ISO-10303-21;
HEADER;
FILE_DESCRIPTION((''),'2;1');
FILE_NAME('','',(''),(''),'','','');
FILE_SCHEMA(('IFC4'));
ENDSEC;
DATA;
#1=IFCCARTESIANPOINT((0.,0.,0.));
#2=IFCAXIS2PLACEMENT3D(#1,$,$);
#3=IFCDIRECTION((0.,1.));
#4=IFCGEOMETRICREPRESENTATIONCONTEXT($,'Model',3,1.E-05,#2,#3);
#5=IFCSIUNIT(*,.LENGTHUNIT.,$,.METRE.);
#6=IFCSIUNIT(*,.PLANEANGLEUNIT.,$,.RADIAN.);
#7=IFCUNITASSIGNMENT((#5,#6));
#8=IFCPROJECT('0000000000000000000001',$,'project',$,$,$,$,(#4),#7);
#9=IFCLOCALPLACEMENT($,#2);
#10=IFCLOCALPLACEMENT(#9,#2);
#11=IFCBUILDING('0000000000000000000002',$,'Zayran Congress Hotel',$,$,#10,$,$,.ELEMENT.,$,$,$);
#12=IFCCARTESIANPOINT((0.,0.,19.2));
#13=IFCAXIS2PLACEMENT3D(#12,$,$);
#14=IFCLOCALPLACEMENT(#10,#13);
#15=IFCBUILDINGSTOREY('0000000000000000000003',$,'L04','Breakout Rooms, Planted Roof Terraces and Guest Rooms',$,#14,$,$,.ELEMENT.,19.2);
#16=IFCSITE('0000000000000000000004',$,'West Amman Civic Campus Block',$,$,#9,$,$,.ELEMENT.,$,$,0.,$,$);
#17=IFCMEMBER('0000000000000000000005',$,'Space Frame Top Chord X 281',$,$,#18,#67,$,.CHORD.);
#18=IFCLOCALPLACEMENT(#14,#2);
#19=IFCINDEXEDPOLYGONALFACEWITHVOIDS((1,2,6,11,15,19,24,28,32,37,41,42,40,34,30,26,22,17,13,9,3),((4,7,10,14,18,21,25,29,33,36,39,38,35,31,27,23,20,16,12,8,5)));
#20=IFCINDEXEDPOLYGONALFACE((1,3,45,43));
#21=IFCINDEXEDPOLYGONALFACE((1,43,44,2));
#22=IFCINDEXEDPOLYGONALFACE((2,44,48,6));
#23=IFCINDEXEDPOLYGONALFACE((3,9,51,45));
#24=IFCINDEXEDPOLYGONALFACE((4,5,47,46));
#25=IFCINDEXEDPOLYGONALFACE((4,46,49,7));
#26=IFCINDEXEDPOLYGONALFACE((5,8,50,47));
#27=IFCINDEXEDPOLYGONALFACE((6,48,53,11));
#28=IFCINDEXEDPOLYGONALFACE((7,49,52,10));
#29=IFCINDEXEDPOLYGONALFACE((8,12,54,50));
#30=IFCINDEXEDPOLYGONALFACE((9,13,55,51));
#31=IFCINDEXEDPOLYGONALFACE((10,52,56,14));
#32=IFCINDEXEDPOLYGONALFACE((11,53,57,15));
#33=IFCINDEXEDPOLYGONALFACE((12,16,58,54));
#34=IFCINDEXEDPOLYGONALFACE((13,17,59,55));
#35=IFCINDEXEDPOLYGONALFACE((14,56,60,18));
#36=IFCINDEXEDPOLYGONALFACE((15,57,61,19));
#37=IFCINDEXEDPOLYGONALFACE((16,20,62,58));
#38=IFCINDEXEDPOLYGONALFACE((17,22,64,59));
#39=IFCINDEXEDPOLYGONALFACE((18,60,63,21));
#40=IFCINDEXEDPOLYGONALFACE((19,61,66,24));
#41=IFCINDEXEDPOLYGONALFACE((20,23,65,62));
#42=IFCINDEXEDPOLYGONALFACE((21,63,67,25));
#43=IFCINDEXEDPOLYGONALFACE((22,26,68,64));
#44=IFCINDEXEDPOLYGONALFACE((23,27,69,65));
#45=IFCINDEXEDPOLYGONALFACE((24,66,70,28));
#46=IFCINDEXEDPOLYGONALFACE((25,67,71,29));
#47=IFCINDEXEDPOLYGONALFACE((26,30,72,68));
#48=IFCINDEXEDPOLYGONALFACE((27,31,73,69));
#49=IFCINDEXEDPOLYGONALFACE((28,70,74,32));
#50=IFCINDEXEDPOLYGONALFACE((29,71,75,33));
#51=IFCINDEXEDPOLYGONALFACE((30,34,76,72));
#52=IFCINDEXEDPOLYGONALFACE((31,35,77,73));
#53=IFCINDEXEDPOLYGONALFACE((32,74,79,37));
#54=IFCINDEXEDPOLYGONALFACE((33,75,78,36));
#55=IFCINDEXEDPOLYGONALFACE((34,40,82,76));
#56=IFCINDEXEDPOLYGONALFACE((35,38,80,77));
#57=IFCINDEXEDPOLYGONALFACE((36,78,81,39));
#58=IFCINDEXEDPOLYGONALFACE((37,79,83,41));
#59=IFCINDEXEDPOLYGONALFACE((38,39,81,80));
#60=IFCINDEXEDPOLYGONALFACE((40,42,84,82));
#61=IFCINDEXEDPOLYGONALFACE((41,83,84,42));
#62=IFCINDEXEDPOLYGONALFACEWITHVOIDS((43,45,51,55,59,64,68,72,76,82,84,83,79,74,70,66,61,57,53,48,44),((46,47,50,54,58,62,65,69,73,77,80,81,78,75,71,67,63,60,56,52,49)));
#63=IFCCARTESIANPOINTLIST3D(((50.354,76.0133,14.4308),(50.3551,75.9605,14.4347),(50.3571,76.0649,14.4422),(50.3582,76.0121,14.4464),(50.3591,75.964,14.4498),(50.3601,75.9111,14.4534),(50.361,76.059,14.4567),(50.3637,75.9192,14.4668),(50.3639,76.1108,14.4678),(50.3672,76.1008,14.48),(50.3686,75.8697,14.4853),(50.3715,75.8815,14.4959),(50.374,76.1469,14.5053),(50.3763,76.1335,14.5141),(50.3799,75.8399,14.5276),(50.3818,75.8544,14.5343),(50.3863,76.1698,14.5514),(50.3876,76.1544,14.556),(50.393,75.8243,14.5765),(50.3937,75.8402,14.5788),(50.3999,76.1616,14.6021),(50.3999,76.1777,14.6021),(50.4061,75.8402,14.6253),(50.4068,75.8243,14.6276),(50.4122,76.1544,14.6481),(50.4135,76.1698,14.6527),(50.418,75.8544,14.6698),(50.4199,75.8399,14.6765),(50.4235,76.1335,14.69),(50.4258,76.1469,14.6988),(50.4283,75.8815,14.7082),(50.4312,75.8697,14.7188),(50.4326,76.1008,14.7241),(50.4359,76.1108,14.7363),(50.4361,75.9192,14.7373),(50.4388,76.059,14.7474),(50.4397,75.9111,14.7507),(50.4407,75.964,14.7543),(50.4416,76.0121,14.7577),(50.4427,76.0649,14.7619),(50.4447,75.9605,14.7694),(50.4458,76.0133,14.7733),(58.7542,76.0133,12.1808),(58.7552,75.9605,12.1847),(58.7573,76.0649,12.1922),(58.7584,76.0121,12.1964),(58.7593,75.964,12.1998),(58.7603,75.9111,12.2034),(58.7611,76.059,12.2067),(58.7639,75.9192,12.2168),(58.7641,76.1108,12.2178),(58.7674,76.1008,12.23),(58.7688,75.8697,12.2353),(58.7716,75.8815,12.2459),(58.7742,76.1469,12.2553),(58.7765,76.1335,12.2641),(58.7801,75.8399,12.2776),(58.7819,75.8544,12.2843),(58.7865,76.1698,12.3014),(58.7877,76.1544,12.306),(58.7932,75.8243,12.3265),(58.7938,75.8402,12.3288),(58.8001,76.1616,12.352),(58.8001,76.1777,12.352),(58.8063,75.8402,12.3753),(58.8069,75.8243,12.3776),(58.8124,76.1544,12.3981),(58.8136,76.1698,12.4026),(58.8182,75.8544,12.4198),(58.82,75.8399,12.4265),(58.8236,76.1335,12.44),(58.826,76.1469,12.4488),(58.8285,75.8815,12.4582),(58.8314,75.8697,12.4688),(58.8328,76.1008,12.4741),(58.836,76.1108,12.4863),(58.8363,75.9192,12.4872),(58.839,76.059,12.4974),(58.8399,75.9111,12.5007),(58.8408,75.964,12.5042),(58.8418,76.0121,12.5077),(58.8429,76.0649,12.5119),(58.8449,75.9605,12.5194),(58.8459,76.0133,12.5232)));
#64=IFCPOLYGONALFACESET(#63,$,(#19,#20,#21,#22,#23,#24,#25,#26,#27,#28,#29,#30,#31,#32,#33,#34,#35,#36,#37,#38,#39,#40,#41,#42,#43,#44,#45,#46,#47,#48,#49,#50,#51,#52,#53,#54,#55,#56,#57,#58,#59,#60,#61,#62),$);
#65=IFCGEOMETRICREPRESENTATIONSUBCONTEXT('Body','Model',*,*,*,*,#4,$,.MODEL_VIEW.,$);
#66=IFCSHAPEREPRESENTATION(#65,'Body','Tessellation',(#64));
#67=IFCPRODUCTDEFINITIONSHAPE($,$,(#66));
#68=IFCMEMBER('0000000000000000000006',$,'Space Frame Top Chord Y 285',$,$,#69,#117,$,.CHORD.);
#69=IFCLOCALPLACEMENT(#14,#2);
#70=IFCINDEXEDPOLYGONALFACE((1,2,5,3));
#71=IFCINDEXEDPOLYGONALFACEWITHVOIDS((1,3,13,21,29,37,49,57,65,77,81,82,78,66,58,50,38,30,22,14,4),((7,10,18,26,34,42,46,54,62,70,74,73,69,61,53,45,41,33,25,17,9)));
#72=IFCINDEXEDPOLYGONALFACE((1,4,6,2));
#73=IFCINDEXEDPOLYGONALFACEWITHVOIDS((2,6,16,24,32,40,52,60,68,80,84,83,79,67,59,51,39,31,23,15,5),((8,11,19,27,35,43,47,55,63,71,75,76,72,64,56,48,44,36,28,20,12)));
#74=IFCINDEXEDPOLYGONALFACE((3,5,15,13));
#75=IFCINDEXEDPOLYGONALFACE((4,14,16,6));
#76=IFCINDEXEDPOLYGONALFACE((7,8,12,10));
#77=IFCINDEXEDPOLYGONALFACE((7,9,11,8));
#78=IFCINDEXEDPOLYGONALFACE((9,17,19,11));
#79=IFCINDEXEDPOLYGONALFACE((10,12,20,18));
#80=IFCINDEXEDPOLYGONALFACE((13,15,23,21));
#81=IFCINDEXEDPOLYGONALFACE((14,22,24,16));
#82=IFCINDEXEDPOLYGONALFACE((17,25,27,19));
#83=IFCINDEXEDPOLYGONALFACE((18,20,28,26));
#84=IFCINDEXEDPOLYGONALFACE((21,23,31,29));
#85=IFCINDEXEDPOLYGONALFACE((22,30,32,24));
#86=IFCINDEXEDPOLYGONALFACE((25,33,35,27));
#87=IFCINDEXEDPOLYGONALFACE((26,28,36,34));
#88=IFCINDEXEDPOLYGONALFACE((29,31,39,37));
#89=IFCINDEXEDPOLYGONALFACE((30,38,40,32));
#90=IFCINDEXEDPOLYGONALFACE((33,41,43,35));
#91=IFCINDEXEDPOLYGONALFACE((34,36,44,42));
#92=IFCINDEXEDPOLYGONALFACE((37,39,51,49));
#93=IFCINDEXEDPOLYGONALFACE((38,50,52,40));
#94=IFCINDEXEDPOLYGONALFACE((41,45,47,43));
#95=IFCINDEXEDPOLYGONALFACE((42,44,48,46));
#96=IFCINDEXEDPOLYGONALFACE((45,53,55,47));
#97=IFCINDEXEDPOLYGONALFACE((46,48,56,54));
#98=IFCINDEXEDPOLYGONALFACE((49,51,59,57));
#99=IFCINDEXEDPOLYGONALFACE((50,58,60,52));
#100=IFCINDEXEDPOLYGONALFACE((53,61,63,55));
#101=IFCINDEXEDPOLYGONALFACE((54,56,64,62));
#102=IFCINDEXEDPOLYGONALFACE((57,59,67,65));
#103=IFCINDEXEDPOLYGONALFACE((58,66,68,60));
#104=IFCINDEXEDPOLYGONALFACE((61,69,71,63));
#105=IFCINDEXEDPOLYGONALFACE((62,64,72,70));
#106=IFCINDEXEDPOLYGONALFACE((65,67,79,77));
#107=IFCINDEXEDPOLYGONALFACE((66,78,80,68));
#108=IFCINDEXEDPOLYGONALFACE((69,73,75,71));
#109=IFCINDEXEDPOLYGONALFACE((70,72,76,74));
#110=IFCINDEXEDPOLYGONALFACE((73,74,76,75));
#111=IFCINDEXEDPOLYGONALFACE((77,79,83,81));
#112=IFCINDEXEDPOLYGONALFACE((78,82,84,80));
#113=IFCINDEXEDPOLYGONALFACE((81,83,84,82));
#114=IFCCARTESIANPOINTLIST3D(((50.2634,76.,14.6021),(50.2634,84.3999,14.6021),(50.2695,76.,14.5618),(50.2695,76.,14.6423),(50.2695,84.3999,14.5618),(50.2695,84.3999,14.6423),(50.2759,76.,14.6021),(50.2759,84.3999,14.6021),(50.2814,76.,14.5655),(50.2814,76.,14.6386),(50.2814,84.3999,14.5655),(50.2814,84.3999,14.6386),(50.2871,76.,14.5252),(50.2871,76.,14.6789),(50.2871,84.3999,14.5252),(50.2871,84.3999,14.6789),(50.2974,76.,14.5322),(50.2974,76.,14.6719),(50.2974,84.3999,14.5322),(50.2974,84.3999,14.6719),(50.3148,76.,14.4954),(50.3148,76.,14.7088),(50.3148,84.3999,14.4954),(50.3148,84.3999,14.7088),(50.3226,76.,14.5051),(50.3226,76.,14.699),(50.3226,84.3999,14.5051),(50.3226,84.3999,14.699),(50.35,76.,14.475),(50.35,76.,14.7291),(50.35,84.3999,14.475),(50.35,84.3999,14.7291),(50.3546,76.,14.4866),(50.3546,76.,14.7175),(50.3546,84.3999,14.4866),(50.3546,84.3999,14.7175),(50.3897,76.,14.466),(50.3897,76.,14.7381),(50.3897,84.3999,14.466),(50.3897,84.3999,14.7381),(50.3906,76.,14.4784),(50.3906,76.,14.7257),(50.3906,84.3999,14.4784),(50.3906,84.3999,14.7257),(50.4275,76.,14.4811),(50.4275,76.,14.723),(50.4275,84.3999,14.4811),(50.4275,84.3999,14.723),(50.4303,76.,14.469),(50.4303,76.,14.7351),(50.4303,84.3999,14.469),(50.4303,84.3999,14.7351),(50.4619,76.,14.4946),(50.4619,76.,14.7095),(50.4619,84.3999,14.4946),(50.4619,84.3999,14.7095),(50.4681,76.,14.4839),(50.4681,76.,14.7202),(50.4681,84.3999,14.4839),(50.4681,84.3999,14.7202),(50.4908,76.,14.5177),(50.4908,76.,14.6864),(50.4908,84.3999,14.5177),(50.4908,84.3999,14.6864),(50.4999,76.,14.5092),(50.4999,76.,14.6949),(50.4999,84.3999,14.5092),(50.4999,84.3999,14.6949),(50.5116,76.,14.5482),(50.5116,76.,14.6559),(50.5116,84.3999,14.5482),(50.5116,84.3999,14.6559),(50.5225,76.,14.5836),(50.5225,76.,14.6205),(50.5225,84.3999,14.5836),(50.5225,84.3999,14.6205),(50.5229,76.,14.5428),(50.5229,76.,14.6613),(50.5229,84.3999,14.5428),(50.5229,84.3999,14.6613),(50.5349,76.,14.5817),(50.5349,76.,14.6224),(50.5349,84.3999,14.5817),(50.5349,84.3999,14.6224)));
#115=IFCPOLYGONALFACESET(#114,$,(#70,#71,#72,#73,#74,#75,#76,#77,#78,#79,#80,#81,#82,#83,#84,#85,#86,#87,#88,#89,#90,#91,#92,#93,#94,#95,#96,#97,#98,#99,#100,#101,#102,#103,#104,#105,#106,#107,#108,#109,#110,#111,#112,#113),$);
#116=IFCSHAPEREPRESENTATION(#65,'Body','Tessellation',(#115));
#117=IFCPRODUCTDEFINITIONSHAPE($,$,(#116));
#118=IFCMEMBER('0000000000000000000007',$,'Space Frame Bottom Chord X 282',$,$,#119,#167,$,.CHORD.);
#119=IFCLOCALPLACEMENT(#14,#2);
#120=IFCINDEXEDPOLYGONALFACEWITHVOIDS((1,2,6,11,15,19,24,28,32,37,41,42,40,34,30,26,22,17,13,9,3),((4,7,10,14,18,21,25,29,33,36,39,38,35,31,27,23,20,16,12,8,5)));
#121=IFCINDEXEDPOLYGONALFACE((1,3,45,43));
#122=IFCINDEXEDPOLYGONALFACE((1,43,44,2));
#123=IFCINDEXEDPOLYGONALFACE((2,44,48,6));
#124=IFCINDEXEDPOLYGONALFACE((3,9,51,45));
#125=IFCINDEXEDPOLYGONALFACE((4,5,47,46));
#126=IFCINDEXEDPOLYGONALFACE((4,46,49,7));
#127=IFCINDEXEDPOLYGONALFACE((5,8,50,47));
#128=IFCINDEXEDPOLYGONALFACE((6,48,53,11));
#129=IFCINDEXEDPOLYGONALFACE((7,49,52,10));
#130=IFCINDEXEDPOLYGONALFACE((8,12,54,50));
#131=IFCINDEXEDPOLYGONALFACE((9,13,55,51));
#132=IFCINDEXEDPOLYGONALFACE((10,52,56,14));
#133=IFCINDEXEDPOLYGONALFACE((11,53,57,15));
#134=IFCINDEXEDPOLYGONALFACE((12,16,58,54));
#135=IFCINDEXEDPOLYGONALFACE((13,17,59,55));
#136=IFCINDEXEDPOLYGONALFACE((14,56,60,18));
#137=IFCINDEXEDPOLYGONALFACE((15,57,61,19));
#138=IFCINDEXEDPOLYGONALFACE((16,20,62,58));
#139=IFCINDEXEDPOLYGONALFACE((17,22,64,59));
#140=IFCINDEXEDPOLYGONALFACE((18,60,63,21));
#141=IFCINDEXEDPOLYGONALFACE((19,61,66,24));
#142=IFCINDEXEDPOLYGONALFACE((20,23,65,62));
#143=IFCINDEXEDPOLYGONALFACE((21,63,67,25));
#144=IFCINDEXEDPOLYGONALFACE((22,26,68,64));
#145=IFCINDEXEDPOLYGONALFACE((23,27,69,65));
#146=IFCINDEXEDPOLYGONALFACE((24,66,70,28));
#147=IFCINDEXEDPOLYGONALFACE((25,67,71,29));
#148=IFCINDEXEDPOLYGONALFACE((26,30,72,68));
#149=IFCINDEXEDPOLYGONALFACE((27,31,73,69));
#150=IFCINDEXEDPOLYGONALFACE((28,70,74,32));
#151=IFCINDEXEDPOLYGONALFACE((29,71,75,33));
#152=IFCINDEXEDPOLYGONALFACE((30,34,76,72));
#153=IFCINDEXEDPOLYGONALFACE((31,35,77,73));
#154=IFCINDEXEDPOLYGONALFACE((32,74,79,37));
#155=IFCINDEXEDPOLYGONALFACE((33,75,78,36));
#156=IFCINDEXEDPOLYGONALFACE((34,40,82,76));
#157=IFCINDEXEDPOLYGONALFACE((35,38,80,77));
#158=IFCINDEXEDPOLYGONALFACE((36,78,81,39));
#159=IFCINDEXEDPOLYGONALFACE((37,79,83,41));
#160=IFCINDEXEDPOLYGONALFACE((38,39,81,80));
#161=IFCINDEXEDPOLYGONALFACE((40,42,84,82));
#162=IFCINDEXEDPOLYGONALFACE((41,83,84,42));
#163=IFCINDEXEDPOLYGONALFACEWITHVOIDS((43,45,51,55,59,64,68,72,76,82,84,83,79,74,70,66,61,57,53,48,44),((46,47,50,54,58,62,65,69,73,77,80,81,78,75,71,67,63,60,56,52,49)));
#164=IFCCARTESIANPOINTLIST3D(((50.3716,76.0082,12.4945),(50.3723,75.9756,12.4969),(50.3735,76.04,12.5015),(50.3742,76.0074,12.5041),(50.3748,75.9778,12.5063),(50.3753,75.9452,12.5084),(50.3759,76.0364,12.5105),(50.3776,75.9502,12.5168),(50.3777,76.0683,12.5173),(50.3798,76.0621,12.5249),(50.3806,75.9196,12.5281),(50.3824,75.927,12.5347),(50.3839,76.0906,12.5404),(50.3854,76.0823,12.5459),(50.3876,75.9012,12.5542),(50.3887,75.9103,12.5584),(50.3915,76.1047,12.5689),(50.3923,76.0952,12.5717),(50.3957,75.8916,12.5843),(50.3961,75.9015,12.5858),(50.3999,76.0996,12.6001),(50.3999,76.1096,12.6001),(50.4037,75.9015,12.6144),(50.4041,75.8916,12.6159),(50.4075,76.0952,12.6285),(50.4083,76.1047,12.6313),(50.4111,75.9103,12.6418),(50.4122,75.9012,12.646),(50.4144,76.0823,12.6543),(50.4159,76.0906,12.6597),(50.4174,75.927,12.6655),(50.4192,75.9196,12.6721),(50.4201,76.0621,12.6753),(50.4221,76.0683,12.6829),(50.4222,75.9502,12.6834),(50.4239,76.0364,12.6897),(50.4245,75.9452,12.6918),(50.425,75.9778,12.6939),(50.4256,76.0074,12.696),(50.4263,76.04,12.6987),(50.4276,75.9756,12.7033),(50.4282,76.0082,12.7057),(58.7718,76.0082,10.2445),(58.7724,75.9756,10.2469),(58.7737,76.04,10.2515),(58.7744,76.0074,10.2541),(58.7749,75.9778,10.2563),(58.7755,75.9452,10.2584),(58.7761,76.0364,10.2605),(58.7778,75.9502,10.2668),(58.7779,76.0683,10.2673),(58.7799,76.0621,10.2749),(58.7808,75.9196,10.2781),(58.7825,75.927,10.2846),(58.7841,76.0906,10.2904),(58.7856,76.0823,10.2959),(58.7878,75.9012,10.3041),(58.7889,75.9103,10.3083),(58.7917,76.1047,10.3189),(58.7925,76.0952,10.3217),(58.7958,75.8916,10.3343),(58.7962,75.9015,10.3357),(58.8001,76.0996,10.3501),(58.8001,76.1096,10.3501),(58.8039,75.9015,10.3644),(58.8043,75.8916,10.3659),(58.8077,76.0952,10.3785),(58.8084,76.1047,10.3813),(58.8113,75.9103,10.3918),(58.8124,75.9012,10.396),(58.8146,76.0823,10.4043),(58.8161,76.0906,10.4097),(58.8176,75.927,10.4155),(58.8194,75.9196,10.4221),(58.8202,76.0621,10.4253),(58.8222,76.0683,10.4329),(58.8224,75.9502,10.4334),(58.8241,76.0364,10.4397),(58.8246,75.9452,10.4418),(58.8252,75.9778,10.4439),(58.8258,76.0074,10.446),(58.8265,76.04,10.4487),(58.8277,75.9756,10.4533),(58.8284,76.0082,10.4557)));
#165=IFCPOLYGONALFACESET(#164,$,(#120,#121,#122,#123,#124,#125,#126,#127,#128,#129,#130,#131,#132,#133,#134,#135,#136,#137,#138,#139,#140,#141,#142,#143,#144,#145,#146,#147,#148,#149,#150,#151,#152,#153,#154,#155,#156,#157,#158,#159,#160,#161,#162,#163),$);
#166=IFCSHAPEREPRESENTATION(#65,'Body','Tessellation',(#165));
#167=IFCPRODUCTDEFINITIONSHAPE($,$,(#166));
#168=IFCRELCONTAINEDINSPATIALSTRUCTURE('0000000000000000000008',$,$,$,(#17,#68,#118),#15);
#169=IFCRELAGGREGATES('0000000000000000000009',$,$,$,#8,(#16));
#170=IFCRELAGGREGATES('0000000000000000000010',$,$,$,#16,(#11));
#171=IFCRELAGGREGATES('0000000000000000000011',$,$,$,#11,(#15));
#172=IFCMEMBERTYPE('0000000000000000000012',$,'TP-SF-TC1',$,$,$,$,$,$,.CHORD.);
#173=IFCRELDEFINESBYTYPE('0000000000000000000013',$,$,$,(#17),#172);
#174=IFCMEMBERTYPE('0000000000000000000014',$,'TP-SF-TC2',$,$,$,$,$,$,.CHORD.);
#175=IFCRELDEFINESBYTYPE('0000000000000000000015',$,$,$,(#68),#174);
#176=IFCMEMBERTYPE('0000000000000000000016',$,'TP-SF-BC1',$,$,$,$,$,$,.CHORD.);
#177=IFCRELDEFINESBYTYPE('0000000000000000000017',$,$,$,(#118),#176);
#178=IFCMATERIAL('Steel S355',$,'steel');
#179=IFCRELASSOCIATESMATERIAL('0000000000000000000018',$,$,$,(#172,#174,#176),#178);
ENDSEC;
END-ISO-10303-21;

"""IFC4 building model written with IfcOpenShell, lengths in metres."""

from ifc_helpers import new_model, si_unit, direction, frame, origin, origin_2d, place, context, subcontext, project, spatial, hollow_circle, extrude, material, material_profile, profile_set, type_object, element, save


model = new_model("IFC4")

# Units and contexts
model_context = context("Model", 3, precision=1e-05, world=origin(), true_north=direction((0.0, 1.0)))
body_context = subcontext(model_context, "Body", "Model", "MODEL_VIEW")
ifc_project = project(units=[si_unit("LENGTHUNIT", "METRE"), si_unit("PLANEANGLEUNIT", "RADIAN")], contexts=[model_context])

# Site, building, storey
site_placement = place(None, origin())
site = spatial("IfcSite", under=ifc_project, at=site_placement, Name="West Amman Civic Campus Block", CompositionType="ELEMENT", RefElevation=0.0)
building_placement = place(site_placement, origin())
building = spatial("IfcBuilding", under=site, at=building_placement, Name="Zayran Congress Hotel", CompositionType="ELEMENT")
storey_placement = place(building_placement, frame((0.0, 0.0, 19.2)))
storey = spatial("IfcBuildingStorey", under=building, at=storey_placement, Name="L04", Description="Breakout Rooms, Planted Roof Terraces and Guest Rooms", CompositionType="ELEMENT", Elevation=19.2)

# Members
ifc_material_1 = material(Name="Steel S355", Category="steel")
ifc_material_profile_1 = material_profile(ifc_material_1, hollow_circle(Radius=0.1777, WallThickness=0.0161, at=origin_2d()), Name="CHS 355.6x16")
ifc_profile_set_1 = profile_set([ifc_material_profile_1], Name="Steel S355")
member_type_1 = type_object("IfcMemberType", Name="TP-SF-TC1", PredefinedType="CHORD", material=ifc_profile_set_1)
member_1_placement = place(storey_placement, frame((50.3999, 76.0, 14.6021), z_axis=(0.965949, 0.0, -0.258732), x_axis=(0.0, 1.0, 0.0)))
element("IfcMember", 1, at=member_1_placement, inside=storey, type_object=member_type_1, Name="Space Frame Top Chord X 281", PredefinedType="CHORD", context=body_context, shape_type="SweptSolid", body=[
    extrude(hollow_circle(Radius=0.1777, WallThickness=0.0161, at=origin_2d()), origin(), (0.0, 0.0, 1.0), 8.6963),
])
ifc_material_profile_2 = material_profile(ifc_material_1, hollow_circle(Radius=0.1365, WallThickness=0.0125, at=origin_2d()), Name="CHS 273x12.5")
ifc_profile_set_2 = profile_set([ifc_material_profile_2], Name="Steel S355")
member_type_2 = type_object("IfcMemberType", Name="TP-SF-TC2", PredefinedType="CHORD", material=ifc_profile_set_2)
member_2_placement = place(storey_placement, frame((50.3999, 76.0, 14.6021), z_axis=(0.0, 1.0, 0.0), x_axis=(-1.0, 0.0, 0.0)))
element("IfcMember", 2, at=member_2_placement, inside=storey, type_object=member_type_2, Name="Space Frame Top Chord Y 285", PredefinedType="CHORD", context=body_context, shape_type="SweptSolid", body=[
    extrude(hollow_circle(Radius=0.1365, WallThickness=0.0125, at=origin_2d()), origin(), (0.0, 0.0, 1.0), 8.3999),
])
ifc_material_profile_3 = material_profile(ifc_material_1, hollow_circle(Radius=0.1096, WallThickness=0.01, at=origin_2d()), Name="CHS 219.1x10")
ifc_profile_set_3 = profile_set([ifc_material_profile_3], Name="Steel S355")
member_type_3 = type_object("IfcMemberType", Name="TP-SF-BC1", PredefinedType="CHORD", material=ifc_profile_set_3)
member_3_placement = place(storey_placement, frame((50.3999, 76.0, 12.6001), z_axis=(0.965949, 0.0, -0.258732), x_axis=(0.0, 1.0, 0.0)))
element("IfcMember", 3, at=member_3_placement, inside=storey, type_object=member_type_3, Name="Space Frame Bottom Chord X 282", PredefinedType="CHORD", context=body_context, shape_type="SweptSolid", body=[
    extrude(hollow_circle(Radius=0.1096, WallThickness=0.01, at=origin_2d()), origin(), (0.0, 0.0, 1.0), 8.6963),
])

save(model, "model.ifc")
